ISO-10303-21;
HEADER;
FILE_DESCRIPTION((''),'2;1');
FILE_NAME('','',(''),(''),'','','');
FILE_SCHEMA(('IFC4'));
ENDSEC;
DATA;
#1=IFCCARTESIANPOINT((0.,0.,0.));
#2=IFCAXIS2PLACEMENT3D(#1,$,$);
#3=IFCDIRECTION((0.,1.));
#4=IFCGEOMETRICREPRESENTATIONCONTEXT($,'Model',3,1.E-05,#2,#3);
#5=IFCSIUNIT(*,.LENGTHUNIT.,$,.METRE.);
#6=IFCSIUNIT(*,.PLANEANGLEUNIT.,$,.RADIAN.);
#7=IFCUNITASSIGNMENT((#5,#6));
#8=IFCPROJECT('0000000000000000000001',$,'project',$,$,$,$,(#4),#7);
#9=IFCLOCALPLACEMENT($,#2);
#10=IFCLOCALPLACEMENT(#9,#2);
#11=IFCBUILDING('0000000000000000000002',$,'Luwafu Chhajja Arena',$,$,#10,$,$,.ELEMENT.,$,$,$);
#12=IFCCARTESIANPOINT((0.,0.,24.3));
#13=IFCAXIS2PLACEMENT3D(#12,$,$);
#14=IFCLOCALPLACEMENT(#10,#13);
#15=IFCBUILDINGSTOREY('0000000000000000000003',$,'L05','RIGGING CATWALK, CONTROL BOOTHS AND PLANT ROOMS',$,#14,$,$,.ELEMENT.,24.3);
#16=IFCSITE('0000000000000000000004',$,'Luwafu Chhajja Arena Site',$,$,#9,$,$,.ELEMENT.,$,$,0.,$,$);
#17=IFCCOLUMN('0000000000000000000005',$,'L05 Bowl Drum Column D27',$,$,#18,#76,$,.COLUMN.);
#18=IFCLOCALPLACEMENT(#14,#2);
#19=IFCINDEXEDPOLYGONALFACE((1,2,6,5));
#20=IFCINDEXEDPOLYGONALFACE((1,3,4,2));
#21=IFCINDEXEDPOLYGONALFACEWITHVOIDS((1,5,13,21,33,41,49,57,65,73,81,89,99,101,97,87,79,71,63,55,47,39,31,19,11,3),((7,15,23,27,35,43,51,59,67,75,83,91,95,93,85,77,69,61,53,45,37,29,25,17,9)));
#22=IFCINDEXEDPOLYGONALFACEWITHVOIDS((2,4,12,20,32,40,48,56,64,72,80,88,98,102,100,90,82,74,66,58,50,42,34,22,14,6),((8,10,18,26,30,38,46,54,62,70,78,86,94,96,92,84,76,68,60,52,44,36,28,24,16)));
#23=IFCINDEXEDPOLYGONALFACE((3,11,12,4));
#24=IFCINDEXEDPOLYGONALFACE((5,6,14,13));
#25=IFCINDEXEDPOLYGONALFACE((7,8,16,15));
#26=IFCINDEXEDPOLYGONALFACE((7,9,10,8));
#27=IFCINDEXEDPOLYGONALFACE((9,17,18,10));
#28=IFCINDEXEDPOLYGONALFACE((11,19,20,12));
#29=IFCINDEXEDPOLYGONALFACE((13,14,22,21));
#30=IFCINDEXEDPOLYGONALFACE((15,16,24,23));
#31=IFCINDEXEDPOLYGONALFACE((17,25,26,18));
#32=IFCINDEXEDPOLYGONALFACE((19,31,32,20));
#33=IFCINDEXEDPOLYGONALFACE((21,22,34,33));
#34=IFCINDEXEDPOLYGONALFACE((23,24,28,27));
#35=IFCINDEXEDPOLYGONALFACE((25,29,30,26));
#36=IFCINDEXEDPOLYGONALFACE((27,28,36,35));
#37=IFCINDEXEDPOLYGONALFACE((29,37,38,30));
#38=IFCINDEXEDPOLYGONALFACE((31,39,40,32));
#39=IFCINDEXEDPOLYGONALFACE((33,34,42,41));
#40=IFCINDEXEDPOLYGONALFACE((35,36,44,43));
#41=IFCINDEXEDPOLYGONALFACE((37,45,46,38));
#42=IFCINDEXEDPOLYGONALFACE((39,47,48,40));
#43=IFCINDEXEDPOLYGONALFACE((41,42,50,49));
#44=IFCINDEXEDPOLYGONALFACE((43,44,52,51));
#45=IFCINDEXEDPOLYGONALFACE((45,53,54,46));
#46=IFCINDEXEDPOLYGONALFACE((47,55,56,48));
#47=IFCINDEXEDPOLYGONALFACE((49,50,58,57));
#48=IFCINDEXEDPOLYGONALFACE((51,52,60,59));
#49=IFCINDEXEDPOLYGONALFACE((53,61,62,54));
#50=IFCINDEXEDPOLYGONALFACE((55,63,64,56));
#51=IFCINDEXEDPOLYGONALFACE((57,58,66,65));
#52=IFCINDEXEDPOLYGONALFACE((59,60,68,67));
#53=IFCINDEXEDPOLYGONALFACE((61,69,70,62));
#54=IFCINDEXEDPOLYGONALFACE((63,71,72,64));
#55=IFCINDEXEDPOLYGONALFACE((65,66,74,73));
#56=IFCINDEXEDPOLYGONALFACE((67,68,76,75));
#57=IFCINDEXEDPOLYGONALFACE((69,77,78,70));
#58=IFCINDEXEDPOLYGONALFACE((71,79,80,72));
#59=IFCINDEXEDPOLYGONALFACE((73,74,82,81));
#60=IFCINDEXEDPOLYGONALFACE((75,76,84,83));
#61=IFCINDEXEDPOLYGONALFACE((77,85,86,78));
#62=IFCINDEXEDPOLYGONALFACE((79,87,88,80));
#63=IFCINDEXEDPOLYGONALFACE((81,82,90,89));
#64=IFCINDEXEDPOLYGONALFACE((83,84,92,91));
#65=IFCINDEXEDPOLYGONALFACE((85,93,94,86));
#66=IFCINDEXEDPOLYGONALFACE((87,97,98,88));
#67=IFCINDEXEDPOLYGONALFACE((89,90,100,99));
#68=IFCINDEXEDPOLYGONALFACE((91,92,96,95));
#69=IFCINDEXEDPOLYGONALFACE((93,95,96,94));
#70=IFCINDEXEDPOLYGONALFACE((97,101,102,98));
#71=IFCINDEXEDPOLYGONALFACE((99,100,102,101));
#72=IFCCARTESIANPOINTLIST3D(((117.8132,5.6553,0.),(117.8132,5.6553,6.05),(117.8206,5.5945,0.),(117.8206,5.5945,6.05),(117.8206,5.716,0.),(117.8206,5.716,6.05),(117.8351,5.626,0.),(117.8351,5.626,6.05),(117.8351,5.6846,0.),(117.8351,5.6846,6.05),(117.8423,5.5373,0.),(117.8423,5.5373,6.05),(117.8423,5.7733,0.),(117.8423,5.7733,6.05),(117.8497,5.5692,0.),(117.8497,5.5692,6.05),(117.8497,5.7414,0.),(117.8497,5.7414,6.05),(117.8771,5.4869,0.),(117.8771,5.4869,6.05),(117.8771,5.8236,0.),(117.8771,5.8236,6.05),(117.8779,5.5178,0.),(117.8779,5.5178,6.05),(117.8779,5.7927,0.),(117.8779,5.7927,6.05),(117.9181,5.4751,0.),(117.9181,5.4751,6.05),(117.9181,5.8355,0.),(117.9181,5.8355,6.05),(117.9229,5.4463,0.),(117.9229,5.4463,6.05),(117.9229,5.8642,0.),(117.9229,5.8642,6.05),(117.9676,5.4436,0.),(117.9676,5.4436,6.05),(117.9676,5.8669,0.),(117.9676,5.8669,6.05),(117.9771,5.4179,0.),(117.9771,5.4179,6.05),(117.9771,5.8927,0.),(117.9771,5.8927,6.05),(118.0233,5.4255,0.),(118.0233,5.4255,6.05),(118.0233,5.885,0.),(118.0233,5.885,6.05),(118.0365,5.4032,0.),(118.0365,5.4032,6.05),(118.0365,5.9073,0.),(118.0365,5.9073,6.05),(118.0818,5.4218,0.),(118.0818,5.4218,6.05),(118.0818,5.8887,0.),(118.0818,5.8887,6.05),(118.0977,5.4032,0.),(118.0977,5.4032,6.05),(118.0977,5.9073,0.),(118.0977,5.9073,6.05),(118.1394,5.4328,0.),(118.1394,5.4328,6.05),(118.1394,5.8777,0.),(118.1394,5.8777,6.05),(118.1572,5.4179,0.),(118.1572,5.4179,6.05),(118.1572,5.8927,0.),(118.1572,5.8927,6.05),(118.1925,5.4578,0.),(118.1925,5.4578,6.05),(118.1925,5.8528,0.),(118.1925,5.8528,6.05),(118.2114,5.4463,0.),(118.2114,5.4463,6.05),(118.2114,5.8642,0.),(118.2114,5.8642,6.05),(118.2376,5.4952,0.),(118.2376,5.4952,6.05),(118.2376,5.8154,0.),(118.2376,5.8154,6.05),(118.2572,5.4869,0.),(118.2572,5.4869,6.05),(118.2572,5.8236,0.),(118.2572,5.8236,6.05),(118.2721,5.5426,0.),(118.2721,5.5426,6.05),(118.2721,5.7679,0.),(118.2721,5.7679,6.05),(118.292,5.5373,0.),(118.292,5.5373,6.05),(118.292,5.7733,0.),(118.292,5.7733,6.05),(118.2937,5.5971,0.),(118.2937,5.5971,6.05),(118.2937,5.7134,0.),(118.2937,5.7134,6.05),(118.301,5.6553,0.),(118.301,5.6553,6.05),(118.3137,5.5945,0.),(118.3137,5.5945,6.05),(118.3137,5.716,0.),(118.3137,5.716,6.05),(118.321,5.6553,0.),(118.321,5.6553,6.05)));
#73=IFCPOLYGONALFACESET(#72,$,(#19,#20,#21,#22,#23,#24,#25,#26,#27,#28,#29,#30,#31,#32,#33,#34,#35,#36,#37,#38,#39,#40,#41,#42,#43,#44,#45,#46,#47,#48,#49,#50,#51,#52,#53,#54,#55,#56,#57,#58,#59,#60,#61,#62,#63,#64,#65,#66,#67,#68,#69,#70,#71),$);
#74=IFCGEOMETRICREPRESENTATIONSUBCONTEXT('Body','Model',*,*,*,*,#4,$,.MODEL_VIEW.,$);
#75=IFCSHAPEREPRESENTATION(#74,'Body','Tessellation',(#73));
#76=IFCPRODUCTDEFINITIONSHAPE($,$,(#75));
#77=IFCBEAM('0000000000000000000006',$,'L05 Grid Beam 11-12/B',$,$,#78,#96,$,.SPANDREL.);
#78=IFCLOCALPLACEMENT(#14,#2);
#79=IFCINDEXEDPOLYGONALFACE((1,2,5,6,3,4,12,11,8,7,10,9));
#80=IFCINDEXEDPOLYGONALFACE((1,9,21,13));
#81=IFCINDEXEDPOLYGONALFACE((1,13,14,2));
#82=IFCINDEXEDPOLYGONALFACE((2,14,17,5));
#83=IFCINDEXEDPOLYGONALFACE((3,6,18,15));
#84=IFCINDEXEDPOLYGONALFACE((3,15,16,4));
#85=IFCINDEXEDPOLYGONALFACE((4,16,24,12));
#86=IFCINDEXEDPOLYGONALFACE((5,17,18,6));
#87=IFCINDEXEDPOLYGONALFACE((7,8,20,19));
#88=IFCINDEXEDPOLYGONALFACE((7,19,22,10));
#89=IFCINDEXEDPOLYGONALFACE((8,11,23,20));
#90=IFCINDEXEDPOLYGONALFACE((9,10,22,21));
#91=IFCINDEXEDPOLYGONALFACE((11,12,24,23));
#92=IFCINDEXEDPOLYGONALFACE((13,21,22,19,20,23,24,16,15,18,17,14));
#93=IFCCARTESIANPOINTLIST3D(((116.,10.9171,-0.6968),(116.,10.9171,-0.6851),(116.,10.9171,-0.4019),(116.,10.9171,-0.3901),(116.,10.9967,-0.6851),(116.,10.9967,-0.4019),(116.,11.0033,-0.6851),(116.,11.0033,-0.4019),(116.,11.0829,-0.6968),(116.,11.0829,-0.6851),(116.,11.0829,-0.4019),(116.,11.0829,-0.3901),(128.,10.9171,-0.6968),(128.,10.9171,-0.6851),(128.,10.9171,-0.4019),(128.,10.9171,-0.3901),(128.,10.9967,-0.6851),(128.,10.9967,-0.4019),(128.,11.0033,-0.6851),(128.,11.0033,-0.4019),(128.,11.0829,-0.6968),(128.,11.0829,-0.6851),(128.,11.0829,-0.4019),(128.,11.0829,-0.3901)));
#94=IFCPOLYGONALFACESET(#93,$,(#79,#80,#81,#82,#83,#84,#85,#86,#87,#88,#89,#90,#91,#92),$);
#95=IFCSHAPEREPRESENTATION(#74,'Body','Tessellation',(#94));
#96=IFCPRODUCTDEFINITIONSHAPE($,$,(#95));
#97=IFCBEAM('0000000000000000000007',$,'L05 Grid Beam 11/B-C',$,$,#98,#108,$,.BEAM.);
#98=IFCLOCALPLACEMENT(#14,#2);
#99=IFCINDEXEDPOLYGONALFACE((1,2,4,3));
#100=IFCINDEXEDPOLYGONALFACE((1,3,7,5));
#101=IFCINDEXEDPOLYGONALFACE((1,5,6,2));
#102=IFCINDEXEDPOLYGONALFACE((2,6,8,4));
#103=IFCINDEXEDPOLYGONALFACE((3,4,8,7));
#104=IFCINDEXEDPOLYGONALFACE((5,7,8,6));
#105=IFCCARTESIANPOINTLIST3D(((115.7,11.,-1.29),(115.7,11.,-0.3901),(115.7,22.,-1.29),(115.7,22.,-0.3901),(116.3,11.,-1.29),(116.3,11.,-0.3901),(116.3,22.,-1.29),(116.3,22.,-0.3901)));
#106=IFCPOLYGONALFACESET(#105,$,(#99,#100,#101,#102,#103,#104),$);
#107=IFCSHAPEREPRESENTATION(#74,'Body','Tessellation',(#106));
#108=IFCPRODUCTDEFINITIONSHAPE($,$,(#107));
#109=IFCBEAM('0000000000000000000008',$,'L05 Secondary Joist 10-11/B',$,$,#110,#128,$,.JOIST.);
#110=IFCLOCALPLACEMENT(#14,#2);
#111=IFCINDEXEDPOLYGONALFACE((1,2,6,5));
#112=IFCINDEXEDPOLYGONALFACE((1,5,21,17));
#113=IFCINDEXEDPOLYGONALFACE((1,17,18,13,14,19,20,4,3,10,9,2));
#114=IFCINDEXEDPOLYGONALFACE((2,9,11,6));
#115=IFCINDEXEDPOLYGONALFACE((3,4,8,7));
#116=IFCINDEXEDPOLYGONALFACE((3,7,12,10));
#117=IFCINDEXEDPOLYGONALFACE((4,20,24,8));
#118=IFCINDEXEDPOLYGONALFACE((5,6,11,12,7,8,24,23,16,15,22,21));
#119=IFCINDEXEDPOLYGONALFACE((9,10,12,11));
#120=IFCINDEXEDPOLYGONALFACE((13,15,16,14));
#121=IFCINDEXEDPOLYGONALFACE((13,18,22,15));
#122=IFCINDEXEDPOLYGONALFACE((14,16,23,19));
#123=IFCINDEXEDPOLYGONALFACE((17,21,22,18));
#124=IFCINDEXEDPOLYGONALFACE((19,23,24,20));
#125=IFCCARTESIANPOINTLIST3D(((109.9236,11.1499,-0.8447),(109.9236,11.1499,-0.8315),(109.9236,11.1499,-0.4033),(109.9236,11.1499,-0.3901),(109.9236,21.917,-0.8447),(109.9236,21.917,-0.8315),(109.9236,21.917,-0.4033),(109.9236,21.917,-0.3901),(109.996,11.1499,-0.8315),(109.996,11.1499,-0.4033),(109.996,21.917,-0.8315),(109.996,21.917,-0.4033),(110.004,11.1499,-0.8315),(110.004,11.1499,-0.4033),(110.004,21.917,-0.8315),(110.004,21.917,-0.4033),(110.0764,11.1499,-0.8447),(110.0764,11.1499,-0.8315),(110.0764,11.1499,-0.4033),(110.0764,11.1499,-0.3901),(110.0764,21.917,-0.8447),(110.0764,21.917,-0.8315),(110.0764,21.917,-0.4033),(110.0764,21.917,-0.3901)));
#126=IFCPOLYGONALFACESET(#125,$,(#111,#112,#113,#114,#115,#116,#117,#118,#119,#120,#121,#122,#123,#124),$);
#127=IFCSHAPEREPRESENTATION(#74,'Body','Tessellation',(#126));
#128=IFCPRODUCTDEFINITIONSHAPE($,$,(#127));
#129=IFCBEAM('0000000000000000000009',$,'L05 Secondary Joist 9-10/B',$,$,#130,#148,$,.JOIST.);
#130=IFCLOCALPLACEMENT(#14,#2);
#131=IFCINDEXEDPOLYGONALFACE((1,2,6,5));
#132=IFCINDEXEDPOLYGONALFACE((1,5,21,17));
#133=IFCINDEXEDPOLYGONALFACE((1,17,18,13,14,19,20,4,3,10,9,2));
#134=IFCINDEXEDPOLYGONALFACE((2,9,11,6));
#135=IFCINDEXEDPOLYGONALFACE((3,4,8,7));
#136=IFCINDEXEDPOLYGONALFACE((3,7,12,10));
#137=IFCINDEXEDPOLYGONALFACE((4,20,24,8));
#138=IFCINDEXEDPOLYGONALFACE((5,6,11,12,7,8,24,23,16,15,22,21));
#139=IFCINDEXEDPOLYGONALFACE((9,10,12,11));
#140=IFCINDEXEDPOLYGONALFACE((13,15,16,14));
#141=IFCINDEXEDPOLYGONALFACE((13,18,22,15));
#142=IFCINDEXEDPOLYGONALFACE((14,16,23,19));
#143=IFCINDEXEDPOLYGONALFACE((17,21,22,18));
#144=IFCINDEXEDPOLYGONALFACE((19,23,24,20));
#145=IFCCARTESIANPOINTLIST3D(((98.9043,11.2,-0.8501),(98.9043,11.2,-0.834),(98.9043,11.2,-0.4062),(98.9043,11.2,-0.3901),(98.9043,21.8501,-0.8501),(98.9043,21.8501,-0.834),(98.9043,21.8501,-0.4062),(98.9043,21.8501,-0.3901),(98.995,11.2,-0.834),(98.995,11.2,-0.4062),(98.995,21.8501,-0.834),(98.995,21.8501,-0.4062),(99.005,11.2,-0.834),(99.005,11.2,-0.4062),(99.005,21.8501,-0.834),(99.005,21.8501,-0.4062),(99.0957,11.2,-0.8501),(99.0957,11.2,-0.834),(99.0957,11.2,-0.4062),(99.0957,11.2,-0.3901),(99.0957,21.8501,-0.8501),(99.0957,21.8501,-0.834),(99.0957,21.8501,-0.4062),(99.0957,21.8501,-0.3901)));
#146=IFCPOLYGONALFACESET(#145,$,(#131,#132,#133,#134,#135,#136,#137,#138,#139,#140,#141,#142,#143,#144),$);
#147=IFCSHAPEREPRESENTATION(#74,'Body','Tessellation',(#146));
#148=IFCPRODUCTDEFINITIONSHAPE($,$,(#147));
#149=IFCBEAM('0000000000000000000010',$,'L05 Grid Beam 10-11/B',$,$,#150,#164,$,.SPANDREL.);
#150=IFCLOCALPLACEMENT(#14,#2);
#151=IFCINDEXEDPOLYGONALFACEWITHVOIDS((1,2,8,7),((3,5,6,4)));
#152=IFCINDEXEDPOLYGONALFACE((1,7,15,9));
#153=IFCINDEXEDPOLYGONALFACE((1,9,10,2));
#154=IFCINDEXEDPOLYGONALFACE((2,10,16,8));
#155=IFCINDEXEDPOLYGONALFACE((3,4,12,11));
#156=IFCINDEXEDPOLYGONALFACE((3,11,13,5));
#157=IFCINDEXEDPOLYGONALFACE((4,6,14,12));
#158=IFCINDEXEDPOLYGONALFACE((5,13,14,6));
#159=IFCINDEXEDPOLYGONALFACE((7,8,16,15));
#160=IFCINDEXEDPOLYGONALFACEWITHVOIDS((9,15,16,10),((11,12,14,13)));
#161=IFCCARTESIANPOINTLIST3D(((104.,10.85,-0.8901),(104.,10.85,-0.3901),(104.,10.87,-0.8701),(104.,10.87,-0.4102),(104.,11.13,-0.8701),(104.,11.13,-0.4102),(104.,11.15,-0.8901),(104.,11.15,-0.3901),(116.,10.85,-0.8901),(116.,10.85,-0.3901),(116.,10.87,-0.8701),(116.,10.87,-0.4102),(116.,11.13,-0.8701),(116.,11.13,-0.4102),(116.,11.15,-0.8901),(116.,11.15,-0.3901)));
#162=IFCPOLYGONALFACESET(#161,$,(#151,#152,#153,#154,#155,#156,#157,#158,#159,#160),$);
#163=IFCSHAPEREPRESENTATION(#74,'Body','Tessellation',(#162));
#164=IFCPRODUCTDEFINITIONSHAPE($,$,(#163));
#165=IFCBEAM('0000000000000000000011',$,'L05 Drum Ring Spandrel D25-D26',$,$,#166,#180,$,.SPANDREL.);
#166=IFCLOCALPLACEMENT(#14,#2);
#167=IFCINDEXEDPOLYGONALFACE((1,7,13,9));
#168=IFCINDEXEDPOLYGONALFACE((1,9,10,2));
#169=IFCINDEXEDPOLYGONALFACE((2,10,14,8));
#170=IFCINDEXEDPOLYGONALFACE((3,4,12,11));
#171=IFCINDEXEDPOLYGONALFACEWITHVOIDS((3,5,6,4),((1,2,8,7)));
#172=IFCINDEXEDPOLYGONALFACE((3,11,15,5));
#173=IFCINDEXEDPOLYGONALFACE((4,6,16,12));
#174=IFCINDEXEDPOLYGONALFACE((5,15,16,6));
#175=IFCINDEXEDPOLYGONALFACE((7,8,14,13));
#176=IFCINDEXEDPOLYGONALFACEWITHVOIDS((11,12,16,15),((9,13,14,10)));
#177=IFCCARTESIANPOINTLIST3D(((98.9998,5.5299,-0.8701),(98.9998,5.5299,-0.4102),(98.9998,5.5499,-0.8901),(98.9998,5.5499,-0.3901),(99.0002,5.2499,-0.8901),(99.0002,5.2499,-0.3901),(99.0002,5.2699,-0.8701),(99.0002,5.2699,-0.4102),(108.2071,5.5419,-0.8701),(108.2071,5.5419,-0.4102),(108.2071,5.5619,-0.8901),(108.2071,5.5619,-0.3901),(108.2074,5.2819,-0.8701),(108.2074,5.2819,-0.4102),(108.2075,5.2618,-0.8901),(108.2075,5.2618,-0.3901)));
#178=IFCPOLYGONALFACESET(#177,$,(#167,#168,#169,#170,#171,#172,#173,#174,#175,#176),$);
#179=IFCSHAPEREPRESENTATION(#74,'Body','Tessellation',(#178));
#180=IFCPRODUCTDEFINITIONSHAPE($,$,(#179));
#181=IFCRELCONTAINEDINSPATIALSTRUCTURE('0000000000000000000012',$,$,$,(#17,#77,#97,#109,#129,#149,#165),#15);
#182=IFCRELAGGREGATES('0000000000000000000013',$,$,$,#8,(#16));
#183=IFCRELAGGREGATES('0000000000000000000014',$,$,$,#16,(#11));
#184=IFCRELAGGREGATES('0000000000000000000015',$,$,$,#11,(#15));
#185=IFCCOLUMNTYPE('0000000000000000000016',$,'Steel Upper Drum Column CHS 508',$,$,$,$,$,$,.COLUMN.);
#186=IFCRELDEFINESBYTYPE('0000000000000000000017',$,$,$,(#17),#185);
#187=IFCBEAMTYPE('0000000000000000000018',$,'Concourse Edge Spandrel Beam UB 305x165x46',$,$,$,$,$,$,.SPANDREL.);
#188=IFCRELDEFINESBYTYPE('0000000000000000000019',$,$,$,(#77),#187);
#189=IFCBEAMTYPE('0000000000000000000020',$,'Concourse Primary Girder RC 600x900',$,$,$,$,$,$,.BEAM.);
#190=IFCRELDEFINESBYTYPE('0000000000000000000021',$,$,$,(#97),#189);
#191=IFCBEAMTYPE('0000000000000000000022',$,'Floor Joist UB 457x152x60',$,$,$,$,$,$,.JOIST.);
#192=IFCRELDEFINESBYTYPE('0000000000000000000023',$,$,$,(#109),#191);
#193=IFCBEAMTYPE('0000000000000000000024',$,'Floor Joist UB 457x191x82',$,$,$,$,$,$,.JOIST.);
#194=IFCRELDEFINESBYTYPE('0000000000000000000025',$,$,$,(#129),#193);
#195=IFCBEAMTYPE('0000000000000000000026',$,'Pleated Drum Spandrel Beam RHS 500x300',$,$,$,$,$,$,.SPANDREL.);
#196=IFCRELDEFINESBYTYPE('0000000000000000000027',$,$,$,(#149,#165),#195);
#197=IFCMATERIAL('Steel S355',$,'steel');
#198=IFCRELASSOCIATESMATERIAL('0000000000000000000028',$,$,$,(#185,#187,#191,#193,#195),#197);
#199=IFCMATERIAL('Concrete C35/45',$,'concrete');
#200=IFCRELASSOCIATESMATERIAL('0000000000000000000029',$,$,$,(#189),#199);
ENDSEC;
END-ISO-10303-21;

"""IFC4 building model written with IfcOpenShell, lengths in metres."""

from ifc_helpers import new_model, si_unit, direction, frame, origin, origin_2d, place, context, subcontext, project, spatial, rectangle, hollow_rectangle, hollow_circle, i_section, extrude, material, material_profile, profile_set, type_object, element, save


model = new_model("IFC4")

# Units and contexts
model_context = context("Model", 3, precision=1e-05, world=origin(), true_north=direction((0.0, 1.0)))
body_context = subcontext(model_context, "Body", "Model", "MODEL_VIEW")
ifc_project = project(units=[si_unit("LENGTHUNIT", "METRE"), si_unit("PLANEANGLEUNIT", "RADIAN")], contexts=[model_context])

# Site, building, storey
site_placement = place(None, origin())
site = spatial("IfcSite", under=ifc_project, at=site_placement, Name="Luwafu Chhajja Arena Site", CompositionType="ELEMENT", RefElevation=0.0)
building_placement = place(site_placement, origin())
building = spatial("IfcBuilding", under=site, at=building_placement, Name="Luwafu Chhajja Arena", CompositionType="ELEMENT")
storey_placement = place(building_placement, frame((0.0, 0.0, 24.3)))
storey = spatial("IfcBuildingStorey", under=building, at=storey_placement, Name="L05", Description="RIGGING CATWALK, CONTROL BOOTHS AND PLANT ROOMS", CompositionType="ELEMENT", Elevation=24.3)

# Column
ifc_material_1 = material(Name="Concrete C35/45", Category="concrete")
ifc_material_2 = material(Name="Steel S355", Category="steel")
ifc_material_profile_1 = material_profile(ifc_material_2, hollow_circle(Radius=0.2539, WallThickness=0.02, at=origin_2d()), Name="CHS 508x20")
ifc_profile_set_1 = profile_set([ifc_material_profile_1], Name="Steel S355")
column_type_1 = type_object("IfcColumnType", Name="Steel Upper Drum Column CHS 508", PredefinedType="COLUMN", material=ifc_profile_set_1)
for number, where, z_axis, x_axis, name in (
    (1, (118.0671, 5.6553, 0.0), (0.0, 0.0, 1.0), (1.0, 0.0, 0.0), "L05 Bowl Drum Column D27"),
):
    element("IfcColumn", number, at=place(storey_placement, frame(where, z_axis=z_axis, x_axis=x_axis)), inside=storey, type_object=column_type_1, Name=name, PredefinedType="COLUMN", context=body_context, shape_type="SweptSolid", body=[
        extrude(hollow_circle(Radius=0.2539, WallThickness=0.02, at=origin_2d()), origin(), (0.0, 0.0, 1.0), 6.05),
    ])

# Beams
ifc_material_profile_2 = material_profile(ifc_material_2, i_section(OverallWidth=0.1658, OverallDepth=0.3066, WebThickness=0.0066, FlangeThickness=0.0117, at=origin_2d()), Name="UB 305x165x46")
ifc_profile_set_2 = profile_set([ifc_material_profile_2], Name="Steel S355")
beam_type_1 = type_object("IfcBeamType", Name="Concourse Edge Spandrel Beam UB 305x165x46", PredefinedType="SPANDREL", material=ifc_profile_set_2)
beam_1_placement = place(storey_placement, frame((116.0, 11.0, -0.5435), z_axis=(1.0, 0.0, 0.0), x_axis=(0.0, 1.0, 0.0)))
element("IfcBeam", 2, at=beam_1_placement, inside=storey, type_object=beam_type_1, Name="L05 Grid Beam 11-12/B", PredefinedType="SPANDREL", context=body_context, shape_type="SweptSolid", body=[
    extrude(i_section(OverallWidth=0.1658, OverallDepth=0.3066, WebThickness=0.0066, FlangeThickness=0.0117, at=origin_2d()), origin(), (0.0, 0.0, 1.0), 12.0),
])
ifc_material_profile_3 = material_profile(ifc_material_1, rectangle(XDim=0.6001, YDim=0.8999, at=origin_2d()), Name="RC 600x900")
ifc_profile_set_3 = profile_set([ifc_material_profile_3], Name="Concrete C35/45")
beam_type_2 = type_object("IfcBeamType", Name="Concourse Primary Girder RC 600x900", PredefinedType="BEAM", material=ifc_profile_set_3)
beam_2_placement = place(storey_placement, frame((116.0, 11.0, -0.8401), z_axis=(0.0, 1.0, 0.0), x_axis=(-1.0, 0.0, 0.0)))
element("IfcBeam", 3, at=beam_2_placement, inside=storey, type_object=beam_type_2, Name="L05 Grid Beam 11/B-C", PredefinedType="BEAM", context=body_context, shape_type="SweptSolid", body=[
    extrude(rectangle(XDim=0.6001, YDim=0.8999, at=origin_2d()), origin(), (0.0, 0.0, 1.0), 11.0),
])
ifc_material_profile_4 = material_profile(ifc_material_2, i_section(OverallWidth=0.1528, OverallDepth=0.4546, WebThickness=0.0081, FlangeThickness=0.0132, at=origin_2d()), Name="UB 457x152x60")
ifc_profile_set_4 = profile_set([ifc_material_profile_4], Name="Steel S355")
beam_type_3 = type_object("IfcBeamType", Name="Floor Joist UB 457x152x60", PredefinedType="JOIST", material=ifc_profile_set_4)
beam_3_placement = place(storey_placement, frame((110.0, 11.1499, -0.6174), z_axis=(0.0, 1.0, 0.0), x_axis=(-1.0, 0.0, 0.0)))
element("IfcBeam", 4, at=beam_3_placement, inside=storey, type_object=beam_type_3, Name="L05 Secondary Joist 10-11/B", PredefinedType="JOIST", context=body_context, shape_type="SweptSolid", body=[
    extrude(i_section(OverallWidth=0.1528, OverallDepth=0.4546, WebThickness=0.0081, FlangeThickness=0.0132, at=origin_2d()), origin(), (0.0, 0.0, 1.0), 10.7671),
])
ifc_material_profile_5 = material_profile(ifc_material_2, i_section(OverallWidth=0.1914, OverallDepth=0.46, WebThickness=0.01, FlangeThickness=0.0161, at=origin_2d()), Name="UB 457x191x82")
ifc_profile_set_5 = profile_set([ifc_material_profile_5], Name="Steel S355")
beam_type_4 = type_object("IfcBeamType", Name="Floor Joist UB 457x191x82", PredefinedType="JOIST", material=ifc_profile_set_5)
beam_4_placement = place(storey_placement, frame((99.0, 11.2, -0.6201), z_axis=(0.0, 1.0, 0.0), x_axis=(-1.0, 0.0, 0.0)))
element("IfcBeam", 5, at=beam_4_placement, inside=storey, type_object=beam_type_4, Name="L05 Secondary Joist 9-10/B", PredefinedType="JOIST", context=body_context, shape_type="SweptSolid", body=[
    extrude(i_section(OverallWidth=0.1914, OverallDepth=0.46, WebThickness=0.01, FlangeThickness=0.0161, at=origin_2d()), origin(), (0.0, 0.0, 1.0), 10.6501),
])
ifc_material_profile_6 = material_profile(ifc_material_2, hollow_rectangle(XDim=0.3, YDim=0.5, WallThickness=0.02, at=origin_2d()), Name="RHS 500x300x20")
ifc_profile_set_6 = profile_set([ifc_material_profile_6], Name="Steel S355")
beam_type_5 = type_object("IfcBeamType", Name="Pleated Drum Spandrel Beam RHS 500x300", PredefinedType="SPANDREL", material=ifc_profile_set_6)
beam_5_placement = place(storey_placement, frame((104.0, 11.0, -0.6401), z_axis=(1.0, 0.0, 0.0), x_axis=(0.0, 1.0, 0.0)))
element("IfcBeam", 6, at=beam_5_placement, inside=storey, type_object=beam_type_5, Name="L05 Grid Beam 10-11/B", PredefinedType="SPANDREL", context=body_context, shape_type="SweptSolid", body=[
    extrude(hollow_rectangle(XDim=0.3, YDim=0.5, WallThickness=0.02, at=origin_2d()), origin(), (0.0, 0.0, 1.0), 12.0),
])
beam_6_placement = place(storey_placement, frame((99.0, 5.3999, -0.6401), z_axis=(0.999999, 0.001299, 0.0), x_axis=(-0.001299, 0.999999, 0.0)))
element("IfcBeam", 7, at=beam_6_placement, inside=storey, type_object=beam_type_5, Name="L05 Drum Ring Spandrel D25-D26", PredefinedType="SPANDREL", context=body_context, shape_type="SweptSolid", body=[
    extrude(hollow_rectangle(XDim=0.3, YDim=0.5, WallThickness=0.02, at=origin_2d()), origin(), (0.0, 0.0, 1.0), 9.2073),
])

save(model, "model.ifc")
